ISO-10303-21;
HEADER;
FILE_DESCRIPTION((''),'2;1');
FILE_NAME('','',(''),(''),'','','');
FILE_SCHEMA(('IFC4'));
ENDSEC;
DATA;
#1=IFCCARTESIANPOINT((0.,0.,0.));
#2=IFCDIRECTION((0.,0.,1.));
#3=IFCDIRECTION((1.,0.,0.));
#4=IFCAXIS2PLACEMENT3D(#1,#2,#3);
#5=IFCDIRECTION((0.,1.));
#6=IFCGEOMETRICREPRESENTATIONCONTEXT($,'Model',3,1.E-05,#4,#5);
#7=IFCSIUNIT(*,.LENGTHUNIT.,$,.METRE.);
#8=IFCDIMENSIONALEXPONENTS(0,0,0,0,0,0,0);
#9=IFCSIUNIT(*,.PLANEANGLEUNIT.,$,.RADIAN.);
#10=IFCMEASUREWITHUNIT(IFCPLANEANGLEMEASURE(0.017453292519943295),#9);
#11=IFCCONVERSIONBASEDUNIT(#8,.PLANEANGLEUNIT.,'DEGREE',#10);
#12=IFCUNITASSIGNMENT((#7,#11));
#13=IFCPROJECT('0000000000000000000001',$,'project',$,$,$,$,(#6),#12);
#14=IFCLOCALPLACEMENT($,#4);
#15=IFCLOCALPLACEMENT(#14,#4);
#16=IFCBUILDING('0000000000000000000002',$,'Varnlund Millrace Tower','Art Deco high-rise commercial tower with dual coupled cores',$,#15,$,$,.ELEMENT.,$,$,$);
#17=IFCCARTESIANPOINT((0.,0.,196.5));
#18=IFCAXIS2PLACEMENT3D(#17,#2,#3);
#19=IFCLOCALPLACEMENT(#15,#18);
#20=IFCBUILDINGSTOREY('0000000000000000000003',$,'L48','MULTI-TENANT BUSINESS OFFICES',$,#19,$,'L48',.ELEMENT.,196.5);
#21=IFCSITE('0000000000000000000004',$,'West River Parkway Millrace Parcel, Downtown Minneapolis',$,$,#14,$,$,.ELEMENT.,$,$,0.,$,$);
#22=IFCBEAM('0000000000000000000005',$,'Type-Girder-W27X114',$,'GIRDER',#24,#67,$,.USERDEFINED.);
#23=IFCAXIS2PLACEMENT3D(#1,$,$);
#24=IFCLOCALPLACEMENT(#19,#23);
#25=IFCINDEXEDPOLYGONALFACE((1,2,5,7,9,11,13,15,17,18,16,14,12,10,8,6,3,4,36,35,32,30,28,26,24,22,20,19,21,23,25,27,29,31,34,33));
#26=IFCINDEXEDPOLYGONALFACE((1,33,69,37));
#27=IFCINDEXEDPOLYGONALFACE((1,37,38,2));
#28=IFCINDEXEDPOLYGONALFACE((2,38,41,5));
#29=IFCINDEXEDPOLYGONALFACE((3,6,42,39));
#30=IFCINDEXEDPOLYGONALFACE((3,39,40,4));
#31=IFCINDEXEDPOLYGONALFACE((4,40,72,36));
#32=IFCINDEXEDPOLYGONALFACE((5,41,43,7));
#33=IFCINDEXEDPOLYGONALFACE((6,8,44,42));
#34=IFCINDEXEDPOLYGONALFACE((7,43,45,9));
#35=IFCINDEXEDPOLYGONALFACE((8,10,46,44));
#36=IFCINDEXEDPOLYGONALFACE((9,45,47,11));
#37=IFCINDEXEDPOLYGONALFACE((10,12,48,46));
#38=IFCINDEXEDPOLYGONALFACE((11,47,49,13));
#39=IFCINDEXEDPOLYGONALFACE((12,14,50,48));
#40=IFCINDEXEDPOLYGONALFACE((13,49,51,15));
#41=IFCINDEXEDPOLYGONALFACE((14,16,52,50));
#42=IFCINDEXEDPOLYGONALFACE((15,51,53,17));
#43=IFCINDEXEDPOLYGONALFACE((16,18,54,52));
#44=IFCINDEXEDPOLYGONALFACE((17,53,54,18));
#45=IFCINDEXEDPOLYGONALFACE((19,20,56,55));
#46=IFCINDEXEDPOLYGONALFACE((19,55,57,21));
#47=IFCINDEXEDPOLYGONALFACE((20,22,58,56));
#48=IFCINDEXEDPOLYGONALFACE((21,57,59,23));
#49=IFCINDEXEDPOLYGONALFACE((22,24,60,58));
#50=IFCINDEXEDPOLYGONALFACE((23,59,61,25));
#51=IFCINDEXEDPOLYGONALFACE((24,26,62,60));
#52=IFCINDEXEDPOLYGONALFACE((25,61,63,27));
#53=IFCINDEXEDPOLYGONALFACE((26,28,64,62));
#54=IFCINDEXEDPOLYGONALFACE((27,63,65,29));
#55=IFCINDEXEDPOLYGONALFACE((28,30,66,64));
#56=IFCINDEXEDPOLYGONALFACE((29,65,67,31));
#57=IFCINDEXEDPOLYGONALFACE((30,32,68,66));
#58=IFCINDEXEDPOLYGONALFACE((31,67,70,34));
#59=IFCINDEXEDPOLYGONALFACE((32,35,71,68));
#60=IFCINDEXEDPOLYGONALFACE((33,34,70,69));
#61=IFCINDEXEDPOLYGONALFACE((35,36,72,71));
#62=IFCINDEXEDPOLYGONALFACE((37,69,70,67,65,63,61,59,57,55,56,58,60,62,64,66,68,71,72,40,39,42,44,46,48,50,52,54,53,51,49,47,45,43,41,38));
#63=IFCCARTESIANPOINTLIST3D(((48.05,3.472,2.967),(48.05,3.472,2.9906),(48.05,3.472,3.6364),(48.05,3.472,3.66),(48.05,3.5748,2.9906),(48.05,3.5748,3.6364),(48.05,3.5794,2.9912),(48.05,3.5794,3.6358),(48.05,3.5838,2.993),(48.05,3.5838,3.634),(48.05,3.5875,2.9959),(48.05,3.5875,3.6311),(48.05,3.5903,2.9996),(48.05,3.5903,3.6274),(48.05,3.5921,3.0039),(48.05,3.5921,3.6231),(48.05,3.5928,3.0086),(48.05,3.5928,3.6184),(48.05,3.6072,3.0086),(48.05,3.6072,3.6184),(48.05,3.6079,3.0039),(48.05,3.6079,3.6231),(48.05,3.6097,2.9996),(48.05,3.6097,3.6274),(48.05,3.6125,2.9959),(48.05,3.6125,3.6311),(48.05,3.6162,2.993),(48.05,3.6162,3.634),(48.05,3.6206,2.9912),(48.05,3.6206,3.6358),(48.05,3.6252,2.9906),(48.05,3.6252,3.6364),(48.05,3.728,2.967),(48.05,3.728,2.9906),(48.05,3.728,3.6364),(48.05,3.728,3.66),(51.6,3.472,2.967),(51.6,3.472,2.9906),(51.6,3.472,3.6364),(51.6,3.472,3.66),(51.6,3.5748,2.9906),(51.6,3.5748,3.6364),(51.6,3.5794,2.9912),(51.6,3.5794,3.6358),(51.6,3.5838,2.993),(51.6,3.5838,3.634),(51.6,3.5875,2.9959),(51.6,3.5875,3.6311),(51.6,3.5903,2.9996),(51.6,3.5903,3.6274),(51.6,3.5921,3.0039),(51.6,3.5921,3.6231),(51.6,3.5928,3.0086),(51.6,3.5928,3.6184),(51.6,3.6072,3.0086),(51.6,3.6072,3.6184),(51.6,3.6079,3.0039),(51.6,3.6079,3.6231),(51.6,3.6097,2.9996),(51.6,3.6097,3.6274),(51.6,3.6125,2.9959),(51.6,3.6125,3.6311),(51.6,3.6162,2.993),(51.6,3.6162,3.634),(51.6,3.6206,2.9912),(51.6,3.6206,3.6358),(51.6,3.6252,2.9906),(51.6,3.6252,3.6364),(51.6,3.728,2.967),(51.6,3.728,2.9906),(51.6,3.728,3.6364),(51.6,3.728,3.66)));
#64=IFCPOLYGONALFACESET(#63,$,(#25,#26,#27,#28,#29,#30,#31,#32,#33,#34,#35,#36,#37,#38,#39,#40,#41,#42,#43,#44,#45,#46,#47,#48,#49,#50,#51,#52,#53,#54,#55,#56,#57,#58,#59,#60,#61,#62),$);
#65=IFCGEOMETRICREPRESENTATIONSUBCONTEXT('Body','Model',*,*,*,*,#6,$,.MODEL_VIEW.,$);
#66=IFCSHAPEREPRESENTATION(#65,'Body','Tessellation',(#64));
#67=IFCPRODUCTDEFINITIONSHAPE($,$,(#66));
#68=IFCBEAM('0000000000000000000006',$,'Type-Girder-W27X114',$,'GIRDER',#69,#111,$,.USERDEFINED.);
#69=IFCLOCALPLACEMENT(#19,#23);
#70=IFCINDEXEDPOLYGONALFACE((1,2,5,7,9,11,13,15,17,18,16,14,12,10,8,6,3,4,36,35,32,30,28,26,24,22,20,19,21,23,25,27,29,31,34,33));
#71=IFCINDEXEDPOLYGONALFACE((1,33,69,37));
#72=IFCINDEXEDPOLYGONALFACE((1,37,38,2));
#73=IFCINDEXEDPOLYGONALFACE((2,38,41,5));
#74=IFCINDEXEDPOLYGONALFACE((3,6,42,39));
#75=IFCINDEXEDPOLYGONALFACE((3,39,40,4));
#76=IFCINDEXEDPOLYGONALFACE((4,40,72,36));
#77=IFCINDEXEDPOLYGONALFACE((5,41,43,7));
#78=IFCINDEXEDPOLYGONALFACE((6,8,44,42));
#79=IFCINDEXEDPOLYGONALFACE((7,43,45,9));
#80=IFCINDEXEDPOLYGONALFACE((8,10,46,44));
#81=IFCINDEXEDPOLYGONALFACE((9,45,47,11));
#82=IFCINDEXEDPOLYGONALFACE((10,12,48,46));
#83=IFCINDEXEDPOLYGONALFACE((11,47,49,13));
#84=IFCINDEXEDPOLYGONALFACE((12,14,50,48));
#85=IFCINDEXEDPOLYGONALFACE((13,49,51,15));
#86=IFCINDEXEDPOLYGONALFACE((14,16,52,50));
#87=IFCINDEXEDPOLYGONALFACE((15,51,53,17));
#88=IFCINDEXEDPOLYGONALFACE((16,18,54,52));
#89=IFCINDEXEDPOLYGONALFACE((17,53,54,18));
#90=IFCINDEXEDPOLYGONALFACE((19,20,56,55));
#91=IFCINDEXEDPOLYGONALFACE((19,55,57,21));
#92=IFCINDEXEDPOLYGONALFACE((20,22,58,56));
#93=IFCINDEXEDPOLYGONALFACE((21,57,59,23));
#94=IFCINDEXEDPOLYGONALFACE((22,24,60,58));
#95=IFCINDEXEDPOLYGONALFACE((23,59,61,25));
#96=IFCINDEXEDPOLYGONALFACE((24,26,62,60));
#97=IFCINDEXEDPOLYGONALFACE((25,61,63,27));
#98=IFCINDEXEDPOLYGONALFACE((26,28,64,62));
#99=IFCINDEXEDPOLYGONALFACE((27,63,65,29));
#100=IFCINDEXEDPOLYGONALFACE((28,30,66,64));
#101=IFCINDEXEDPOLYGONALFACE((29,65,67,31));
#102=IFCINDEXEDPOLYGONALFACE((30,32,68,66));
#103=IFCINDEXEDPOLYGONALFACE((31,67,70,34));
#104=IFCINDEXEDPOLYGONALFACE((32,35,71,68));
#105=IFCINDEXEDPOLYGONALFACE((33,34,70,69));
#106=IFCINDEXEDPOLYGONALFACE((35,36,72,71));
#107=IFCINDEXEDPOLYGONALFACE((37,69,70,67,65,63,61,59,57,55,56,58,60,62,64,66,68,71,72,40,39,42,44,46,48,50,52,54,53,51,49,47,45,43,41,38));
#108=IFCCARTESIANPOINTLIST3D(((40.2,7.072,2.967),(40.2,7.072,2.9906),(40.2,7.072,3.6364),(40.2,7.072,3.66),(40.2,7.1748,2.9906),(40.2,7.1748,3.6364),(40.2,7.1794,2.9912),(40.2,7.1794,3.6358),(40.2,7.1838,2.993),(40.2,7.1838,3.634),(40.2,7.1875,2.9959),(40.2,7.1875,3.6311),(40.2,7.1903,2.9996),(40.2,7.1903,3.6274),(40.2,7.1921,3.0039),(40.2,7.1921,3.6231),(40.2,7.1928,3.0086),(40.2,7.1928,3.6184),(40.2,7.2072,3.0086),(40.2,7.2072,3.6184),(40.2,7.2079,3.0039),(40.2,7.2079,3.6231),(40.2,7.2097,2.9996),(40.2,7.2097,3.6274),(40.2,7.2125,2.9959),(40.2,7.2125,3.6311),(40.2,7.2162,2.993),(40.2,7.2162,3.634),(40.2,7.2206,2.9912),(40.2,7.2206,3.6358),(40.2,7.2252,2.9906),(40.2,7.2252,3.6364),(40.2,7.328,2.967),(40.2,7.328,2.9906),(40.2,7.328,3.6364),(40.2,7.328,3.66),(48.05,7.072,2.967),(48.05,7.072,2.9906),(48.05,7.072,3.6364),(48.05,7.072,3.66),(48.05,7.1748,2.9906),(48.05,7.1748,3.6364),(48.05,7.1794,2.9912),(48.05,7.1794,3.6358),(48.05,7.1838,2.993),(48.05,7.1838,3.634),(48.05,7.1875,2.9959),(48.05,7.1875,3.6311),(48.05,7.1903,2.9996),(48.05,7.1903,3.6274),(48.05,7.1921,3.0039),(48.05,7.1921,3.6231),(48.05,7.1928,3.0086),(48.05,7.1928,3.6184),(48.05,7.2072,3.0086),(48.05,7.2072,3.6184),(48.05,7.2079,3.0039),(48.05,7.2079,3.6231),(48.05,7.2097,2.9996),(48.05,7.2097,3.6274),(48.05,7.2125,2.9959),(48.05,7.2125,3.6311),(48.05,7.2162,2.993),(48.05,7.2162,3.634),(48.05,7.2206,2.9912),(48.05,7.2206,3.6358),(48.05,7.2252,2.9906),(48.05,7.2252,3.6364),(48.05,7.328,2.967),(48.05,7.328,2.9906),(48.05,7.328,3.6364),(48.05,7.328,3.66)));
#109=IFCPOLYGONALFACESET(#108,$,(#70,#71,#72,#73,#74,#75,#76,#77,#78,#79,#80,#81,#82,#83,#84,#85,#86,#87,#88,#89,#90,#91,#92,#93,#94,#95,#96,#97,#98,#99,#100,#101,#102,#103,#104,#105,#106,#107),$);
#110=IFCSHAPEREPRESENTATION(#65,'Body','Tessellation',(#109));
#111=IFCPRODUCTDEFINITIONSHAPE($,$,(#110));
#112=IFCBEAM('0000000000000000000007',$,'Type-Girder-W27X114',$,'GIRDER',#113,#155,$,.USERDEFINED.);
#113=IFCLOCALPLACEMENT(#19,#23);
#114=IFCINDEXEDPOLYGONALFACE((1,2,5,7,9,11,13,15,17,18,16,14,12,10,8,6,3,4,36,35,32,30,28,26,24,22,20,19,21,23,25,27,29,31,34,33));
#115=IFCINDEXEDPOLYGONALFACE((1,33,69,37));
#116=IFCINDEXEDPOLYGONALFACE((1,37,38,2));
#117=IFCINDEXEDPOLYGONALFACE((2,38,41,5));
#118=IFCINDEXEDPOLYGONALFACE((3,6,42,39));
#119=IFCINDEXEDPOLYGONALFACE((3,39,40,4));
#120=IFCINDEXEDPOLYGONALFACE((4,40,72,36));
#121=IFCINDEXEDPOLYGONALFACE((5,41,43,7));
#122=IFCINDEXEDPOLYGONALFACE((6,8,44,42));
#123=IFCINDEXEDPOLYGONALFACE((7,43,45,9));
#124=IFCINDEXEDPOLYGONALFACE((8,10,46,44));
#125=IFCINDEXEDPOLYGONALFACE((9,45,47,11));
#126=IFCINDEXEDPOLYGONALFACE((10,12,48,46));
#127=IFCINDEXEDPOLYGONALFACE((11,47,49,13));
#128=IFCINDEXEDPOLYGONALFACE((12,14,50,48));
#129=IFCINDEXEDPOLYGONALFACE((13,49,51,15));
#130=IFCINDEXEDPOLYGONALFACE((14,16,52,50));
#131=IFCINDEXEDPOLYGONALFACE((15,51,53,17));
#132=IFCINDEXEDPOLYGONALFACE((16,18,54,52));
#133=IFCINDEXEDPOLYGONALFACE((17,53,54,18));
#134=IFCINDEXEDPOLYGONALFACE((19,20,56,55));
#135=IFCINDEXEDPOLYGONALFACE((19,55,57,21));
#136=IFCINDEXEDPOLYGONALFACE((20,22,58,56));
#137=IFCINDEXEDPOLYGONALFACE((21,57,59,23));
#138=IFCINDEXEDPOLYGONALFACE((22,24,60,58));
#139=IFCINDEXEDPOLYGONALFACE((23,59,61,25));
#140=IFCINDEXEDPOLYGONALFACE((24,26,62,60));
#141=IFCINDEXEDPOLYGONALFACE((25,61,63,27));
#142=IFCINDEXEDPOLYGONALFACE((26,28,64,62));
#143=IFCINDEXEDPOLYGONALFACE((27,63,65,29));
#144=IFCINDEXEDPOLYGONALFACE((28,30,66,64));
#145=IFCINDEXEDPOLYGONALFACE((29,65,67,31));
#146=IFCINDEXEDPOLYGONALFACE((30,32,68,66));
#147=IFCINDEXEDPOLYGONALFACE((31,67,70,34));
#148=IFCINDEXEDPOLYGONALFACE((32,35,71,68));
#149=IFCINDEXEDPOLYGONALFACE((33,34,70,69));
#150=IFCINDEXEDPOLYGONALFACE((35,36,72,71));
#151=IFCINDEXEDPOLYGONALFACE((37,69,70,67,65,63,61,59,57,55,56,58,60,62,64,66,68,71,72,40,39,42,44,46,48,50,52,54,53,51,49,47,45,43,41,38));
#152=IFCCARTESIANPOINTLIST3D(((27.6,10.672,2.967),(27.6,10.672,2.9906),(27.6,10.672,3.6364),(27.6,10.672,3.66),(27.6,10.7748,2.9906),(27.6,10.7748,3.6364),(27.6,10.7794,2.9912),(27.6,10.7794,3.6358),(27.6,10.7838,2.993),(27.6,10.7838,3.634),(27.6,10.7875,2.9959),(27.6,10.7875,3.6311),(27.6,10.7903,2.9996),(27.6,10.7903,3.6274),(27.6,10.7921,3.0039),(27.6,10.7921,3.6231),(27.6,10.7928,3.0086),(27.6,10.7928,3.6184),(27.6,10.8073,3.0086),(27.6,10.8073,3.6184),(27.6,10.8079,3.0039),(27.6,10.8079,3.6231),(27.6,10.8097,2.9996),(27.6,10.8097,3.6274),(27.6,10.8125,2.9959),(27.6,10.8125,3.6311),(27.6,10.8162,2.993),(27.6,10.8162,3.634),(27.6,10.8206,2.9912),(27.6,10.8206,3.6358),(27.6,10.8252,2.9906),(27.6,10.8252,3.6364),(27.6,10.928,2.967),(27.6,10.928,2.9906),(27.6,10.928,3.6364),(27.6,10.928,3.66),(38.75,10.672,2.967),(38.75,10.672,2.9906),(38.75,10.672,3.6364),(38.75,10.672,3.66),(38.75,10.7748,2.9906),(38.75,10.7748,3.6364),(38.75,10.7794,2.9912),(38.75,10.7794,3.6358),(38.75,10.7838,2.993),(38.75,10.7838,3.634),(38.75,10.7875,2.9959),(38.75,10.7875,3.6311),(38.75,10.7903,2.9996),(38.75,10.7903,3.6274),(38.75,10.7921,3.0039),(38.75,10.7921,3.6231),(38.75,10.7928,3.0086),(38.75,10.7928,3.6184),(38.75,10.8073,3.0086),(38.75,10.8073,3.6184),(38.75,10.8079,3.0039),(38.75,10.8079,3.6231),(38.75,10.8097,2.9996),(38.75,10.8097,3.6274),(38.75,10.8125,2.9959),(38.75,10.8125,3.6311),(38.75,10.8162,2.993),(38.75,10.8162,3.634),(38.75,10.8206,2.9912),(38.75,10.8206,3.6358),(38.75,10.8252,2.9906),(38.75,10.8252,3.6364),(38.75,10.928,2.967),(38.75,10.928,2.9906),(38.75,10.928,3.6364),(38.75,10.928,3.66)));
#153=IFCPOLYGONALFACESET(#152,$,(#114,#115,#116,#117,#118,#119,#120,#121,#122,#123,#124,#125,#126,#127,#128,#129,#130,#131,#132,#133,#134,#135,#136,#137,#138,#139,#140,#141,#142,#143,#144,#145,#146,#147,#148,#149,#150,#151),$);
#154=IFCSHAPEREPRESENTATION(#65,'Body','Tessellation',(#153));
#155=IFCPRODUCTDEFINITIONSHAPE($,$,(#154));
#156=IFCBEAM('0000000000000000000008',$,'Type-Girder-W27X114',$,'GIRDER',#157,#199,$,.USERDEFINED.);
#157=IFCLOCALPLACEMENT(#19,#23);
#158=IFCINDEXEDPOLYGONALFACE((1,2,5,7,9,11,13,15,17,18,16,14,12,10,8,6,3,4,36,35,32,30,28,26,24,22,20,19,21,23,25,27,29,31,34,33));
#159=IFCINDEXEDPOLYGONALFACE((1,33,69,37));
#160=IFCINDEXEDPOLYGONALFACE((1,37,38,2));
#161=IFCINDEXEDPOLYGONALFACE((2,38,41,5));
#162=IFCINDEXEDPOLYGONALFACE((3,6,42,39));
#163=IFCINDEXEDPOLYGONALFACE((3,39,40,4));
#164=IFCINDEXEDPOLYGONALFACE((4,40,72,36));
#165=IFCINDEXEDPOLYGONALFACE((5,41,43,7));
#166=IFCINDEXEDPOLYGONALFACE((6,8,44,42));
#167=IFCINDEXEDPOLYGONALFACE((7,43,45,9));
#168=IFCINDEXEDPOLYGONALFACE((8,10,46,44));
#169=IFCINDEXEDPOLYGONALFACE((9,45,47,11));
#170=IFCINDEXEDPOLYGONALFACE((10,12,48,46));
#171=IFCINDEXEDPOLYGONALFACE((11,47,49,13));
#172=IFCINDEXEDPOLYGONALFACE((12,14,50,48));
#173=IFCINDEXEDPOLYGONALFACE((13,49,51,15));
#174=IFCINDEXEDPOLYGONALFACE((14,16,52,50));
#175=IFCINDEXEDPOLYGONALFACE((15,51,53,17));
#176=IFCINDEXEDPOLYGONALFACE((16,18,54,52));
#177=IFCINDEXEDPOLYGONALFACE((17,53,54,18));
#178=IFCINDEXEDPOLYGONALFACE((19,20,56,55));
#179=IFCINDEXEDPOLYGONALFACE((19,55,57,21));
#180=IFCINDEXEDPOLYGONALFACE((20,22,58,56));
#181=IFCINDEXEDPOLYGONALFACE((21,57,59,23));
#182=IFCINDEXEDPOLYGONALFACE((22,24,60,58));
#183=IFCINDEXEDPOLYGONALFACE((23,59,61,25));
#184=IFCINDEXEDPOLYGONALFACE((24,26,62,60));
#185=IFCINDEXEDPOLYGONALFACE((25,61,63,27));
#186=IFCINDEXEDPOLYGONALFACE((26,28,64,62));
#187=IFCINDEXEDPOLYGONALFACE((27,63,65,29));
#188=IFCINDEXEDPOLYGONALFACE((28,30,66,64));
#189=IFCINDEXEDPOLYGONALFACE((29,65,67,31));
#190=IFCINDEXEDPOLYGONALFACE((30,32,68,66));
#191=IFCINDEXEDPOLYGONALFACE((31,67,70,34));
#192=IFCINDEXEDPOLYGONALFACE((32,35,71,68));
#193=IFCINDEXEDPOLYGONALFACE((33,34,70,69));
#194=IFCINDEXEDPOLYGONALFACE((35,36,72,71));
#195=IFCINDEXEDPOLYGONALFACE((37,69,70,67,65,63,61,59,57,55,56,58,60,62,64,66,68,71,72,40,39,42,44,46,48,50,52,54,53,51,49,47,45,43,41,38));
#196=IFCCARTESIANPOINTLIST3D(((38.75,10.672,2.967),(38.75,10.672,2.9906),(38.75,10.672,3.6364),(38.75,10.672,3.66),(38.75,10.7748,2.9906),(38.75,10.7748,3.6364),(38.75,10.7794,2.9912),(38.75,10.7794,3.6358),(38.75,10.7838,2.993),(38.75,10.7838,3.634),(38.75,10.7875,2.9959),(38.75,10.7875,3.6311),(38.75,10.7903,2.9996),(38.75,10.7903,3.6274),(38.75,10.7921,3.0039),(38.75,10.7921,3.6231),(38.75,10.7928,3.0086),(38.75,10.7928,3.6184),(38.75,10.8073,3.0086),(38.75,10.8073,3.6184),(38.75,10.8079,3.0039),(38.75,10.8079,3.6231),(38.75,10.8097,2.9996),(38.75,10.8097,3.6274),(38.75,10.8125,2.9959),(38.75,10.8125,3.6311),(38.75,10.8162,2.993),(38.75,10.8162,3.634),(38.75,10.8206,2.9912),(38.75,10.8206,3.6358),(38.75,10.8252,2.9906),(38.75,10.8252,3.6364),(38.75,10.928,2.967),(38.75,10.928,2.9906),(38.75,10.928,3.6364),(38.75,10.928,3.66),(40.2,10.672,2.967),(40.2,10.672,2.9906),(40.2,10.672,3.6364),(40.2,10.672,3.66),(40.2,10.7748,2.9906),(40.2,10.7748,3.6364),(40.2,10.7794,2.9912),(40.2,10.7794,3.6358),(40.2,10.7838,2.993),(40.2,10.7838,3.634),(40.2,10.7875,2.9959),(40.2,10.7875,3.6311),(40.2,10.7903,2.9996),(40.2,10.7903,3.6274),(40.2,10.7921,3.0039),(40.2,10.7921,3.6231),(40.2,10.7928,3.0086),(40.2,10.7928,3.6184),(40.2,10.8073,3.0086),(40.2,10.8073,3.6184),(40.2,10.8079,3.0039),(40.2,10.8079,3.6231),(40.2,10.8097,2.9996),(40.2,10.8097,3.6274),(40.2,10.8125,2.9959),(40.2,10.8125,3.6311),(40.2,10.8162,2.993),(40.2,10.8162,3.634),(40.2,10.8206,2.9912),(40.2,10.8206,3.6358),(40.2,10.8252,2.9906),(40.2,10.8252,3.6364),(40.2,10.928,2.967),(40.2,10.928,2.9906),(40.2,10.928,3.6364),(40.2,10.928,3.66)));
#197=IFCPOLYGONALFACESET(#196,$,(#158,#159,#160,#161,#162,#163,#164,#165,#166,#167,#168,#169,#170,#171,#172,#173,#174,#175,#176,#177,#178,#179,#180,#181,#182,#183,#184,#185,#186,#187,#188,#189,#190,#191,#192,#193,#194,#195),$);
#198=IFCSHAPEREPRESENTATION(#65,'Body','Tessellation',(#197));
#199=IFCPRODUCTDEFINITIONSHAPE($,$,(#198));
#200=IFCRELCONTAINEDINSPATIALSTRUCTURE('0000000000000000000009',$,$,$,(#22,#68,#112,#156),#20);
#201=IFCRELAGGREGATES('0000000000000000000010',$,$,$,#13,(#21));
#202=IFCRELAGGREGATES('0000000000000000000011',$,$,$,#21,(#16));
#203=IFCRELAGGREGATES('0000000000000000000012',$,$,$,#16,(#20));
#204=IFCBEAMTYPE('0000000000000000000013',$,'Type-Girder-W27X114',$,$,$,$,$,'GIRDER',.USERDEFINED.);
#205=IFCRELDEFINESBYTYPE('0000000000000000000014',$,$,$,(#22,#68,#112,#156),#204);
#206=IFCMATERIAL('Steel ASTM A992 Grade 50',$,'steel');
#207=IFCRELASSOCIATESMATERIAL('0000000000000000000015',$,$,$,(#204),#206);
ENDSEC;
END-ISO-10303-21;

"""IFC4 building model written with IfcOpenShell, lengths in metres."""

from ifc_helpers import new_model, entity, si_unit, converted_unit, direction, frame, origin_with_axes, origin_2d_with_axis, place, context, subcontext, project, spatial, i_section, extrude, material, material_profile, profile_set, type_object, element, save


model = new_model("IFC4")

# Units and contexts
model_context = context("Model", 3, precision=1e-05, world=origin_with_axes(), true_north=direction((0.0, 1.0)))
body_context = subcontext(model_context, "Body", "Model", "MODEL_VIEW")
ifc_project = project(units=[si_unit("LENGTHUNIT", "METRE"), converted_unit("PLANEANGLEUNIT", "DEGREE", entity("IfcPlaneAngleMeasure", 0.017453292519943295), si_unit("PLANEANGLEUNIT", "RADIAN"), dimensions=[0, 0, 0, 0, 0, 0, 0])], contexts=[model_context])

# Site, building, storey
site_placement = place(None, origin_with_axes())
site = spatial("IfcSite", under=ifc_project, at=site_placement, Name="West River Parkway Millrace Parcel, Downtown Minneapolis", CompositionType="ELEMENT", RefElevation=0.0)
building_placement = place(site_placement, origin_with_axes())
building = spatial("IfcBuilding", under=site, at=building_placement, Name="Varnlund Millrace Tower", Description="Art Deco high-rise commercial tower with dual coupled cores", CompositionType="ELEMENT")
storey_placement = place(building_placement, frame((0.0, 0.0, 196.5), z_axis=(0.0, 0.0, 1.0), x_axis=(1.0, 0.0, 0.0)))
storey = spatial("IfcBuildingStorey", under=building, at=storey_placement, Name="L48", Description="MULTI-TENANT BUSINESS OFFICES", LongName="L48", CompositionType="ELEMENT", Elevation=196.5)

# Beams
ifc_material_1 = material(Name="Steel ASTM A992 Grade 50", Category="steel")
ifc_material_profile_1 = material_profile(ifc_material_1, i_section(OverallWidth=0.256, OverallDepth=0.693, WebThickness=0.0145, FlangeThickness=0.0236, FilletRadius=0.018, at=origin_2d_with_axis()), Name="Steel ASTM A992 Grade 50")
ifc_profile_set_1 = profile_set([ifc_material_profile_1], Name="Steel ASTM A992 Grade 50")
beam_type_1 = type_object("IfcBeamType", Name="Type-Girder-W27X114", ElementType="GIRDER", PredefinedType="USERDEFINED", material=ifc_profile_set_1)
beam_1_placement = place(storey_placement, frame((48.05, 3.6, 3.3135), z_axis=(1.0, 0.0, 0.0), x_axis=(0.0, 1.0, 0.0)))
element("IfcBeam", 1, at=beam_1_placement, inside=storey, type_object=beam_type_1, Name="Type-Girder-W27X114", ObjectType="GIRDER", PredefinedType="USERDEFINED", context=body_context, shape_type="SweptSolid", body=[
    extrude(i_section(OverallWidth=0.256, OverallDepth=0.693, WebThickness=0.0145, FlangeThickness=0.0236, FilletRadius=0.018, at=origin_2d_with_axis()), origin_with_axes(), (0.0, 0.0, 1.0), 3.55),
])
beam_2_placement = place(storey_placement, frame((40.2, 7.2, 3.3135), z_axis=(1.0, 0.0, 0.0), x_axis=(0.0, 1.0, 0.0)))
element("IfcBeam", 2, at=beam_2_placement, inside=storey, type_object=beam_type_1, Name="Type-Girder-W27X114", ObjectType="GIRDER", PredefinedType="USERDEFINED", context=body_context, shape_type="SweptSolid", body=[
    extrude(i_section(OverallWidth=0.256, OverallDepth=0.693, WebThickness=0.0145, FlangeThickness=0.0236, FilletRadius=0.018, at=origin_2d_with_axis()), origin_with_axes(), (0.0, 0.0, 1.0), 7.85),
])
beam_3_placement = place(storey_placement, frame((27.6, 10.8, 3.3135), z_axis=(1.0, 0.0, 0.0), x_axis=(0.0, 1.0, 0.0)))
element("IfcBeam", 3, at=beam_3_placement, inside=storey, type_object=beam_type_1, Name="Type-Girder-W27X114", ObjectType="GIRDER", PredefinedType="USERDEFINED", context=body_context, shape_type="SweptSolid", body=[
    extrude(i_section(OverallWidth=0.256, OverallDepth=0.693, WebThickness=0.0145, FlangeThickness=0.0236, FilletRadius=0.018, at=origin_2d_with_axis()), origin_with_axes(), (0.0, 0.0, 1.0), 11.15),
])
beam_4_placement = place(storey_placement, frame((38.75, 10.8, 3.3135), z_axis=(1.0, 0.0, 0.0), x_axis=(0.0, 1.0, 0.0)))
element("IfcBeam", 4, at=beam_4_placement, inside=storey, type_object=beam_type_1, Name="Type-Girder-W27X114", ObjectType="GIRDER", PredefinedType="USERDEFINED", context=body_context, shape_type="SweptSolid", body=[
    extrude(i_section(OverallWidth=0.256, OverallDepth=0.693, WebThickness=0.0145, FlangeThickness=0.0236, FilletRadius=0.018, at=origin_2d_with_axis()), origin_with_axes(), (0.0, 0.0, 1.0), 1.45),
])

save(model, "model.ifc")
